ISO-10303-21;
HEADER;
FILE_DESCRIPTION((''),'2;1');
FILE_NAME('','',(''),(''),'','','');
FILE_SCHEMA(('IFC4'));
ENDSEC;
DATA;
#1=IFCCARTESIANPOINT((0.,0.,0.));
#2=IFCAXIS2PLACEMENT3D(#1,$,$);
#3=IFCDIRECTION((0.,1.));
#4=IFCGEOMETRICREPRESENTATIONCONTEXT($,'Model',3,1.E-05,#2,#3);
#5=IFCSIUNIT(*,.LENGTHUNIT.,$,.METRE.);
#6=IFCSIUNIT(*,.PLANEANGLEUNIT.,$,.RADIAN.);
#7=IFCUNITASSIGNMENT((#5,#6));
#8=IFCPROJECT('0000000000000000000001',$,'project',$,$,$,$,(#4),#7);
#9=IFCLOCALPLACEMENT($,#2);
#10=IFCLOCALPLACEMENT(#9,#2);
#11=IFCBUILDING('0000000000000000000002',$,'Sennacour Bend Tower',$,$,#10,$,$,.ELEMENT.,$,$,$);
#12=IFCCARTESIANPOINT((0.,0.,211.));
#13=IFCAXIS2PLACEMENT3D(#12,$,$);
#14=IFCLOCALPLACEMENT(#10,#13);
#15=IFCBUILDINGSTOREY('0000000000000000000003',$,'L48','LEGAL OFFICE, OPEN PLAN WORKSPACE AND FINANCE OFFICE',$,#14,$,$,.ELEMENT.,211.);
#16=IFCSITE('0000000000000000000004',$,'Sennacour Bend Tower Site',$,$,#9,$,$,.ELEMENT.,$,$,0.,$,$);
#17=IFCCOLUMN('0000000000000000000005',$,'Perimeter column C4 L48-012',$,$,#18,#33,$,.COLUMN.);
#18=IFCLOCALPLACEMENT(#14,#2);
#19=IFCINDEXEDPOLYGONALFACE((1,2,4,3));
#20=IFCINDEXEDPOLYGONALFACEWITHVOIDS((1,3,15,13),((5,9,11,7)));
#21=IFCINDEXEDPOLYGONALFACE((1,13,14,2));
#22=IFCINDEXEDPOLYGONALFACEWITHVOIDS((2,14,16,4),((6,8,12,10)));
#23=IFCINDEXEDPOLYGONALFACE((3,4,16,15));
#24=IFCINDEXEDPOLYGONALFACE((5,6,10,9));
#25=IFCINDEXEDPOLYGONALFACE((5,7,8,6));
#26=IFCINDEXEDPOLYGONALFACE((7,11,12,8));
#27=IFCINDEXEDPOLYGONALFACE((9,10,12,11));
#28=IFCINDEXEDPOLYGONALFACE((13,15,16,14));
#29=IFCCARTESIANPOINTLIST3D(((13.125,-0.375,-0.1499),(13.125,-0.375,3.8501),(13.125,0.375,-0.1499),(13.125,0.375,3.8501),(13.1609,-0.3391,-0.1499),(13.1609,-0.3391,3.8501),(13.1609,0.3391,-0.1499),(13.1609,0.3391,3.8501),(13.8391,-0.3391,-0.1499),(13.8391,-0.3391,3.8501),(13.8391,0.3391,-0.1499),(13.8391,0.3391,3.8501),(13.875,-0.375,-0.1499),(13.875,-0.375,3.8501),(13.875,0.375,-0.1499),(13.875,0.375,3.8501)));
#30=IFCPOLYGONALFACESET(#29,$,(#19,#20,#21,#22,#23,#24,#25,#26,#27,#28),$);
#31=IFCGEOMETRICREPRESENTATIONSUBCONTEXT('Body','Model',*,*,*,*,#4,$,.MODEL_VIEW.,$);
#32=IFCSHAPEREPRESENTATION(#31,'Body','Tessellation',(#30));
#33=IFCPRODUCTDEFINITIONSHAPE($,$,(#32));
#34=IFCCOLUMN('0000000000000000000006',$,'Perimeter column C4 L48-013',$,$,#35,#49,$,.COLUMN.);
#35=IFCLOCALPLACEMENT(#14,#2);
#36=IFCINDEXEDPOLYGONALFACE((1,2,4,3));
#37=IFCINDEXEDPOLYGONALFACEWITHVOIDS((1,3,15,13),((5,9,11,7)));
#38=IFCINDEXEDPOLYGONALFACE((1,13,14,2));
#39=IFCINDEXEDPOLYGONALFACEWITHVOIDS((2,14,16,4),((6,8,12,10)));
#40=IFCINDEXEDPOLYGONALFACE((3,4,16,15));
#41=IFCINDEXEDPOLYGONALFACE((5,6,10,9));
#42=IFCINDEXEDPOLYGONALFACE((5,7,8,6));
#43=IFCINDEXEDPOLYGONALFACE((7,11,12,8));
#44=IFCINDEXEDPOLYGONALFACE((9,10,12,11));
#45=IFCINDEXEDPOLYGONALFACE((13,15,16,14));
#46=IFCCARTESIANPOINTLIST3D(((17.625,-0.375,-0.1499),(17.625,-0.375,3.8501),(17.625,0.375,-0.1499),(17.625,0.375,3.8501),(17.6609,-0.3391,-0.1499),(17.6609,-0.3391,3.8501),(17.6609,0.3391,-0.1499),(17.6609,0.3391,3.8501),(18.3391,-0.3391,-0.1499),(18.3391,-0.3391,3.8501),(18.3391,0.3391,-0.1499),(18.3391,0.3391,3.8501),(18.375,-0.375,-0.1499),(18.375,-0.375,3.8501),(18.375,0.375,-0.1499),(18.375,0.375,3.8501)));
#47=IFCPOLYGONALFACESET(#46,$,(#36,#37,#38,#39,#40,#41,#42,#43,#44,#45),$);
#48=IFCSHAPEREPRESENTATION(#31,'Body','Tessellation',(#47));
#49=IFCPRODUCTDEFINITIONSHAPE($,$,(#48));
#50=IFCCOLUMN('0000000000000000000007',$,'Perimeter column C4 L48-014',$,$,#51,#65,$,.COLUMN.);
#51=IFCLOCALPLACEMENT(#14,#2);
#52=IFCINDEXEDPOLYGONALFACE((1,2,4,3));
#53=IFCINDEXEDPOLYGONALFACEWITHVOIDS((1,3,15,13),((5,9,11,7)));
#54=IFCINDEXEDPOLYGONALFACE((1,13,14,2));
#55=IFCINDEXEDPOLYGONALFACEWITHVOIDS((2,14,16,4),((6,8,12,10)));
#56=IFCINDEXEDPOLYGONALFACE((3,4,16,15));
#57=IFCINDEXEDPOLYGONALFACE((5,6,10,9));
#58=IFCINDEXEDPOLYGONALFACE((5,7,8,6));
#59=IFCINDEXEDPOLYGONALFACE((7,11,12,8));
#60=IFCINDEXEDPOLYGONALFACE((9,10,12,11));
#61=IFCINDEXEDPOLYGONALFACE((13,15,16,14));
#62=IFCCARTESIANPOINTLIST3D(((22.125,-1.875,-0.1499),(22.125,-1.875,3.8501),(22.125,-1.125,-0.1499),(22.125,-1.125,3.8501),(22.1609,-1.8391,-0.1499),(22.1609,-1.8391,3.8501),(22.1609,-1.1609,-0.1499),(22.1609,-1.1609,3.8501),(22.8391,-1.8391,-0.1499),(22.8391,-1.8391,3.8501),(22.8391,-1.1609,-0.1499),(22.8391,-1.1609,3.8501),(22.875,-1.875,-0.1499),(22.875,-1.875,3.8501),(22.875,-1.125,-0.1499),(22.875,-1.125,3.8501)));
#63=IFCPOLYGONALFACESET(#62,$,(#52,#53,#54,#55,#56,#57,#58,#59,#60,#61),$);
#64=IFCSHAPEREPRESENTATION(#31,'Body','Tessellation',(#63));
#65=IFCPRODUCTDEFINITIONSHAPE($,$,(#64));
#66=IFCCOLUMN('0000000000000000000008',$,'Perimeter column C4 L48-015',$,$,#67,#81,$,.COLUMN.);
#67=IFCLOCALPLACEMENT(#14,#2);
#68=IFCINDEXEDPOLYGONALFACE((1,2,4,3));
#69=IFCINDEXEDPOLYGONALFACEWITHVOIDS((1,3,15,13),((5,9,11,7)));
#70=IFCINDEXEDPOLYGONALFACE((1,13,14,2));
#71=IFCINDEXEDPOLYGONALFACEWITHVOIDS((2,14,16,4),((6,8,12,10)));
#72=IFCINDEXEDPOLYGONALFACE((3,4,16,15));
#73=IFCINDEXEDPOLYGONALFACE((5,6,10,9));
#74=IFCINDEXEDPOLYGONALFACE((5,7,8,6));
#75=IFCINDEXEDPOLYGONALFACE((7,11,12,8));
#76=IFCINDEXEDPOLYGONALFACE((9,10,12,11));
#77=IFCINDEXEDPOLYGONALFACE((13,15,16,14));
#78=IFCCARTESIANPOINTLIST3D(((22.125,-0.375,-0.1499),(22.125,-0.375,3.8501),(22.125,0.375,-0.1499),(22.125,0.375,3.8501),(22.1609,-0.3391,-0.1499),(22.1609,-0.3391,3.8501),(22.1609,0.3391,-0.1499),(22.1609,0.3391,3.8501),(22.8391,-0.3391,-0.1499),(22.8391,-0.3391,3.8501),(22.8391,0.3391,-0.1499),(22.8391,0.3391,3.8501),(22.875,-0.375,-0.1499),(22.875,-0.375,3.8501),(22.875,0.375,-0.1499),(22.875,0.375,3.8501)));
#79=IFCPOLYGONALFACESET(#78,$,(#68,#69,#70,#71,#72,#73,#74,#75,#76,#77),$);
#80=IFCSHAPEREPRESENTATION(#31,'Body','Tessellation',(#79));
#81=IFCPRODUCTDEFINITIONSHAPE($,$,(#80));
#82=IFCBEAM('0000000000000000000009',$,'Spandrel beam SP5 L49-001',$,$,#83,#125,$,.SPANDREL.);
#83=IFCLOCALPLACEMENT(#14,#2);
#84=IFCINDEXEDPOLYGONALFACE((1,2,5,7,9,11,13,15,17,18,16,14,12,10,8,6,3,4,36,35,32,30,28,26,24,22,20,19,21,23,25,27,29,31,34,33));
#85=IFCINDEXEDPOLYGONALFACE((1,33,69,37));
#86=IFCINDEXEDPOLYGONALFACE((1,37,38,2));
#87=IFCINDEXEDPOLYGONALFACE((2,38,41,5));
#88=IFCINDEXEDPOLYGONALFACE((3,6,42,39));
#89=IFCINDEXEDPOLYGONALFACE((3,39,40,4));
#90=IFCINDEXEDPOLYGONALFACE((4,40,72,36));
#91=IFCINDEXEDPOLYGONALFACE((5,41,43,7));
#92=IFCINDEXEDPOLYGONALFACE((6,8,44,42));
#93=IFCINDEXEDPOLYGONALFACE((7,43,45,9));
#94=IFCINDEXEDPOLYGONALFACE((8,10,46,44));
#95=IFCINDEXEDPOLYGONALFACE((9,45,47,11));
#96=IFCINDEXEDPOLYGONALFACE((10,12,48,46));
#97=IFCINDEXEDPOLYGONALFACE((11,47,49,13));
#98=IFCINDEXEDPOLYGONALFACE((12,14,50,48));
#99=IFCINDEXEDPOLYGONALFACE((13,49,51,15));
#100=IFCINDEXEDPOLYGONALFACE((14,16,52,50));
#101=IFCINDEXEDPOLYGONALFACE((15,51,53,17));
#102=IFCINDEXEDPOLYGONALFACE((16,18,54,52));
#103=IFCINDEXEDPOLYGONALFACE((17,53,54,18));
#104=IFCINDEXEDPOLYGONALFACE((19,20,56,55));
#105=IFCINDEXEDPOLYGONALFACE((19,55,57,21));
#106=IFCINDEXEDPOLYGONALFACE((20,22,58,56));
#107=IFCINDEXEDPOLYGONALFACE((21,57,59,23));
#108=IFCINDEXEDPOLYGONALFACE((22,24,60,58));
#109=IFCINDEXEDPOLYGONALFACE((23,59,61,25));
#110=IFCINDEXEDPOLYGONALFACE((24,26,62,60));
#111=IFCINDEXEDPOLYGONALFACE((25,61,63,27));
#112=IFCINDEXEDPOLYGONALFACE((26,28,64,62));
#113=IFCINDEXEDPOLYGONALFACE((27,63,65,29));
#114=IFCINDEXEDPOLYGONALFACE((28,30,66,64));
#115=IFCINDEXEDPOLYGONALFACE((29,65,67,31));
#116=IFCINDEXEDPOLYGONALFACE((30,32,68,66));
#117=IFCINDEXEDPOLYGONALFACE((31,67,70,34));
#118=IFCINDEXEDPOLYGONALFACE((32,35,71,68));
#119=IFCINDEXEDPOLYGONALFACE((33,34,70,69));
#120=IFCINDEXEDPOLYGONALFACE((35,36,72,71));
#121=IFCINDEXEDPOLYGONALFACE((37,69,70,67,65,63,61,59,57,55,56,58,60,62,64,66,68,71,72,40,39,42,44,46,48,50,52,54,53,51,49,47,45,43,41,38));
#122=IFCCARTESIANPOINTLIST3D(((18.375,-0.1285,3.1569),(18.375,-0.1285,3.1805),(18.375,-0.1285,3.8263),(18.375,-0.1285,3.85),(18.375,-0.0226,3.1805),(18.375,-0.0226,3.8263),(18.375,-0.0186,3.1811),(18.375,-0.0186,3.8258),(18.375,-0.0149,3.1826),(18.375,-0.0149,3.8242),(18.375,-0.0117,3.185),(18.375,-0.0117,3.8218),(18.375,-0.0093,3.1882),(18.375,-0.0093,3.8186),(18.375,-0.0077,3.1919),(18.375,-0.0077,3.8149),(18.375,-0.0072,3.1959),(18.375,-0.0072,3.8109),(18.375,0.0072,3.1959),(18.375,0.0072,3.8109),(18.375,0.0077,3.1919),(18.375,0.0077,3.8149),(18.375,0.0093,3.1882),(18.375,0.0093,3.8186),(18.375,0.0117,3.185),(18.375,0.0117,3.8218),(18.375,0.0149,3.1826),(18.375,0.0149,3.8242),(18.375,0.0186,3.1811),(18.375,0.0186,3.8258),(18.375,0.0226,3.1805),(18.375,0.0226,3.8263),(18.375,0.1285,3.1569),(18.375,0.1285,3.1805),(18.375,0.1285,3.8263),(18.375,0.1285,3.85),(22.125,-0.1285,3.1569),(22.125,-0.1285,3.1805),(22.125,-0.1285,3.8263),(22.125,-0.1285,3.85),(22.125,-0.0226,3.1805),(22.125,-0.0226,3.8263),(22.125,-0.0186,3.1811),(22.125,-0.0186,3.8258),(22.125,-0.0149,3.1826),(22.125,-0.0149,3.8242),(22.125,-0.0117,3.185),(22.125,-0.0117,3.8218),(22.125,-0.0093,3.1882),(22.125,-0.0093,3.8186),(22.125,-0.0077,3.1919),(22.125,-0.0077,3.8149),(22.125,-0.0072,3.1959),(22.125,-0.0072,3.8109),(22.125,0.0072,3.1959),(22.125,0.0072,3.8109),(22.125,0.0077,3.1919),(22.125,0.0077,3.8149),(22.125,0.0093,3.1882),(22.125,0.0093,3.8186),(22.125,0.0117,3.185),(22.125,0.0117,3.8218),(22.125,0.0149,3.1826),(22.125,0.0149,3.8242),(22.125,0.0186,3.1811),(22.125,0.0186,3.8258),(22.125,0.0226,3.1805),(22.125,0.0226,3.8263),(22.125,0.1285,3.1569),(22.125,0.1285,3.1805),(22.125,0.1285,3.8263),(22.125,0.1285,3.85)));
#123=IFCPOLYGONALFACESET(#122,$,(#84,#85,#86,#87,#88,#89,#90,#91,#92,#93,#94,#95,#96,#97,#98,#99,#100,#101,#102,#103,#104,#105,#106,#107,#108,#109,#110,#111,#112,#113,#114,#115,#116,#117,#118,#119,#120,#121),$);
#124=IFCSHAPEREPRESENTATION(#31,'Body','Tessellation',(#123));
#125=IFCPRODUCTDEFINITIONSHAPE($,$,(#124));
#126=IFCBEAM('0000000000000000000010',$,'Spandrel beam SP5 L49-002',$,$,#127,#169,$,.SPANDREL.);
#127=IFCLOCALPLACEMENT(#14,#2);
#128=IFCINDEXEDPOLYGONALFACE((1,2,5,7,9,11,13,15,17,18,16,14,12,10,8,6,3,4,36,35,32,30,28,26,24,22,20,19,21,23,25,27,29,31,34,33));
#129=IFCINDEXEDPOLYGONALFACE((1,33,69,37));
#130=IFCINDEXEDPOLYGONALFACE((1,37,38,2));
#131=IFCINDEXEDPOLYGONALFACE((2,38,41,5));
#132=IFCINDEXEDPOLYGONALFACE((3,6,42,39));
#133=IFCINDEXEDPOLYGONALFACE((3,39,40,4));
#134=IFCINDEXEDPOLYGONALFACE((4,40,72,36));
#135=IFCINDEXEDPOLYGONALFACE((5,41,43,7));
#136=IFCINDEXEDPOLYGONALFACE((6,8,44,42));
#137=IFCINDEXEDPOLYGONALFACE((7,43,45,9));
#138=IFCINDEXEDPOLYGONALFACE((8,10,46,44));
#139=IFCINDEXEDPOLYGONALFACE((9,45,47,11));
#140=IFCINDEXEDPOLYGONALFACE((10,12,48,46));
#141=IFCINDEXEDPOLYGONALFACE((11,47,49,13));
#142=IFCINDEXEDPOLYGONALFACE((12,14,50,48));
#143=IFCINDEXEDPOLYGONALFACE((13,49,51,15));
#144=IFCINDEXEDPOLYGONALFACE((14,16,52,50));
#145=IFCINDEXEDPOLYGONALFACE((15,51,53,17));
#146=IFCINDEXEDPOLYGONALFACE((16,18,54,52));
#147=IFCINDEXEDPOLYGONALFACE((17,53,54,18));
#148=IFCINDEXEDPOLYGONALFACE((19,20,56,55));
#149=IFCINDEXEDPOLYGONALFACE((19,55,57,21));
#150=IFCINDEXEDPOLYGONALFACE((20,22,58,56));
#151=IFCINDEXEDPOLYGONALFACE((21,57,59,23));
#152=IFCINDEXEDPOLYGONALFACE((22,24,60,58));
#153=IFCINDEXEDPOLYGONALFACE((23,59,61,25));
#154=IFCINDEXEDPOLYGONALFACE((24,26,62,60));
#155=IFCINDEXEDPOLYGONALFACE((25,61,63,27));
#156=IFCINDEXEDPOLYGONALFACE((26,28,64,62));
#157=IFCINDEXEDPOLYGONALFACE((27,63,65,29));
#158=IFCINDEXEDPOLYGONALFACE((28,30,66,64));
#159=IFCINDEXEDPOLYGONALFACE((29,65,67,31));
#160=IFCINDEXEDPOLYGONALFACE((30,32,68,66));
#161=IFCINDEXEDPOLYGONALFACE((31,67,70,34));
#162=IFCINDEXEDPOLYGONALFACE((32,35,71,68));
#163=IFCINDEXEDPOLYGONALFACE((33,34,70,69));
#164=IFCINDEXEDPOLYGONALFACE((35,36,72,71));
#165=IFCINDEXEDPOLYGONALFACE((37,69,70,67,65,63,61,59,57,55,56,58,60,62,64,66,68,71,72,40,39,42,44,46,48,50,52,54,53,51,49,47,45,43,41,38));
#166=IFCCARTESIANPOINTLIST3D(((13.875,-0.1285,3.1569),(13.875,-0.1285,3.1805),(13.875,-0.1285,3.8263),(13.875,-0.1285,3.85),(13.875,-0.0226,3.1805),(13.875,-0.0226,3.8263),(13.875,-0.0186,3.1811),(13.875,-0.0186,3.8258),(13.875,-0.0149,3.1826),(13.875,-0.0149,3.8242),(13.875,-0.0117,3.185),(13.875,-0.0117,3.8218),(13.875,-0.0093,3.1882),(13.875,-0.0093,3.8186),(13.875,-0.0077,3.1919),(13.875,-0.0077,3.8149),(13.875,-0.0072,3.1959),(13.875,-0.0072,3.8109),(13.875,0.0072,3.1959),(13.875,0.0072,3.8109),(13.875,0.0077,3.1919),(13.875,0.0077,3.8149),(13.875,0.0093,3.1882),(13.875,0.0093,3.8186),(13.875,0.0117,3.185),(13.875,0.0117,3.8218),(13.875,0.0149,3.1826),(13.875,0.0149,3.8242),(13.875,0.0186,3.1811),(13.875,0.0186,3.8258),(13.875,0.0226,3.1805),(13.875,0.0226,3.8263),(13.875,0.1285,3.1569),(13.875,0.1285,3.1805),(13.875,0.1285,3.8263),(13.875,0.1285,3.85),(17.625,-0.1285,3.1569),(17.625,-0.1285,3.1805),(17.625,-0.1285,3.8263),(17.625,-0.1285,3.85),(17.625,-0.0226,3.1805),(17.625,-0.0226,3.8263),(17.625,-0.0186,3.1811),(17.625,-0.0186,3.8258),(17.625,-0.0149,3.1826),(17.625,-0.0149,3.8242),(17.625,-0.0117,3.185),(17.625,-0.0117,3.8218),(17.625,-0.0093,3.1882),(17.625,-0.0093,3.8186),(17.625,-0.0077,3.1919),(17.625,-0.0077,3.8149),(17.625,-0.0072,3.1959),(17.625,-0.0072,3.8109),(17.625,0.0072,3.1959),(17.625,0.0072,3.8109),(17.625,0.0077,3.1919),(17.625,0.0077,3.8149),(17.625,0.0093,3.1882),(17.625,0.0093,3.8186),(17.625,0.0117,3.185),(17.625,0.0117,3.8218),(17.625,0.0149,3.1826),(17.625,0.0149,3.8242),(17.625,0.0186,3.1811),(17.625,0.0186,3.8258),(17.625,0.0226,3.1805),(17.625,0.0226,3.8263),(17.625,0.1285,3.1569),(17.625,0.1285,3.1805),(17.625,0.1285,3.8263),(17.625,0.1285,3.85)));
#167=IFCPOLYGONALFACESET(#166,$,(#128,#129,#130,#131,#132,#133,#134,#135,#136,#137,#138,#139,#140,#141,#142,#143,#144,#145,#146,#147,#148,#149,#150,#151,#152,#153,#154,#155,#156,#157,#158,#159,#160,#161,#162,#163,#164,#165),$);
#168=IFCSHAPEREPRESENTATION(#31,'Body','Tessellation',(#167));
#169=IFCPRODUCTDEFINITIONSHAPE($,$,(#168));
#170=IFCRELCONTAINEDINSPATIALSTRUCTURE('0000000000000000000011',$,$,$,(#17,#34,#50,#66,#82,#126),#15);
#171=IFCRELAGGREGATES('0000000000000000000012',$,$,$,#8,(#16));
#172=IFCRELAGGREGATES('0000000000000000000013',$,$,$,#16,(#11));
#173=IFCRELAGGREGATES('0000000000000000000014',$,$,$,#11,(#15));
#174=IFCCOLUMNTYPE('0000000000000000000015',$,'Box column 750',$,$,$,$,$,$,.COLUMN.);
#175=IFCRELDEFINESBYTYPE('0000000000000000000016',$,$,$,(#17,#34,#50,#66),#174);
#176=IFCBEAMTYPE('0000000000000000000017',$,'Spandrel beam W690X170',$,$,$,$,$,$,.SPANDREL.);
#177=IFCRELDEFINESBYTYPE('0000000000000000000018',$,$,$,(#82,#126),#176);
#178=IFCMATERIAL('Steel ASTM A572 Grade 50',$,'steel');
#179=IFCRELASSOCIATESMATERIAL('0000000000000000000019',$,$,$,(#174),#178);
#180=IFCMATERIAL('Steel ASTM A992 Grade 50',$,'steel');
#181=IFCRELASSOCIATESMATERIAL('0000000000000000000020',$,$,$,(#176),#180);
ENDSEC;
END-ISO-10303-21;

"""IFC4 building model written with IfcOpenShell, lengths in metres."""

from ifc_helpers import new_model, si_unit, direction, frame, origin, origin_2d, place, context, subcontext, project, spatial, hollow_rectangle, i_section, extrude, material, material_profile, profile_set, type_object, element, save


model = new_model("IFC4")

# Units and contexts
model_context = context("Model", 3, precision=1e-05, world=origin(), true_north=direction((0.0, 1.0)))
body_context = subcontext(model_context, "Body", "Model", "MODEL_VIEW")
ifc_project = project(units=[si_unit("LENGTHUNIT", "METRE"), si_unit("PLANEANGLEUNIT", "RADIAN")], contexts=[model_context])

# Site, building, storey
site_placement = place(None, origin())
site = spatial("IfcSite", under=ifc_project, at=site_placement, Name="Sennacour Bend Tower Site", CompositionType="ELEMENT", RefElevation=0.0)
building_placement = place(site_placement, origin())
building = spatial("IfcBuilding", under=site, at=building_placement, Name="Sennacour Bend Tower", CompositionType="ELEMENT")
storey_placement = place(building_placement, frame((0.0, 0.0, 211.0)))
storey = spatial("IfcBuildingStorey", under=building, at=storey_placement, Name="L48", Description="LEGAL OFFICE, OPEN PLAN WORKSPACE AND FINANCE OFFICE", CompositionType="ELEMENT", Elevation=211.0)

# Columns
ifc_material_1 = material(Name="Steel ASTM A572 Grade 50", Category="steel")
ifc_material_profile_1 = material_profile(ifc_material_1, hollow_rectangle(XDim=0.75, YDim=0.75, WallThickness=0.0359, at=origin_2d()), Name="Steel ASTM A572 Grade 50", Category="steel")
ifc_profile_set_1 = profile_set([ifc_material_profile_1], Name="Steel ASTM A572 Grade 50")
column_type = type_object("IfcColumnType", Name="Box column 750", PredefinedType="COLUMN", material=ifc_profile_set_1)
for number, where, z_axis, x_axis, name in (
    (1, (13.5, 0.0, -0.1499), (0.0, 0.0, 1.0), (1.0, 0.0, 0.0), "Perimeter column C4 L48-012"),
    (2, (18.0, 0.0, -0.1499), (0.0, 0.0, 1.0), (1.0, 0.0, 0.0), "Perimeter column C4 L48-013"),
    (3, (22.5, -1.5, -0.1499), (0.0, 0.0, 1.0), (1.0, 0.0, 0.0), "Perimeter column C4 L48-014"),
    (4, (22.5, 0.0, -0.1499), (0.0, 0.0, 1.0), (1.0, 0.0, 0.0), "Perimeter column C4 L48-015"),
):
    element("IfcColumn", number, at=place(storey_placement, frame(where, z_axis=z_axis, x_axis=x_axis)), inside=storey, type_object=column_type, Name=name, PredefinedType="COLUMN", context=body_context, shape_type="SweptSolid", body=[
        extrude(hollow_rectangle(XDim=0.75, YDim=0.75, WallThickness=0.0359, at=origin_2d()), origin(), (0.0, 0.0, 1.0), 4.0),
    ])

# Beams
ifc_material_2 = material(Name="Steel ASTM A992 Grade 50", Category="steel")
ifc_material_profile_2 = material_profile(ifc_material_2, i_section(OverallWidth=0.2571, OverallDepth=0.6931, WebThickness=0.0144, FlangeThickness=0.0237, FilletRadius=0.0154, at=origin_2d()), Name="Steel ASTM A992 Grade 50", Category="steel")
ifc_profile_set_2 = profile_set([ifc_material_profile_2], Name="Steel ASTM A992 Grade 50")
beam_type = type_object("IfcBeamType", Name="Spandrel beam W690X170", PredefinedType="SPANDREL", material=ifc_profile_set_2)
for number, where, z_axis, x_axis, name in (
    (5, (22.125, 0.0, 3.5034), (-1.0, 0.0, 0.0), (0.0, -1.0, 0.0), "Spandrel beam SP5 L49-001"),
    (6, (17.625, 0.0, 3.5034), (-1.0, 0.0, 0.0), (0.0, -1.0, 0.0), "Spandrel beam SP5 L49-002"),
):
    element("IfcBeam", number, at=place(storey_placement, frame(where, z_axis=z_axis, x_axis=x_axis)), inside=storey, type_object=beam_type, Name=name, PredefinedType="SPANDREL", context=body_context, shape_type="SweptSolid", body=[
        extrude(i_section(OverallWidth=0.2571, OverallDepth=0.6931, WebThickness=0.0144, FlangeThickness=0.0237, FilletRadius=0.0154, at=origin_2d()), origin(), (0.0, 0.0, 1.0), 3.75),
    ])

save(model, "model.ifc")
